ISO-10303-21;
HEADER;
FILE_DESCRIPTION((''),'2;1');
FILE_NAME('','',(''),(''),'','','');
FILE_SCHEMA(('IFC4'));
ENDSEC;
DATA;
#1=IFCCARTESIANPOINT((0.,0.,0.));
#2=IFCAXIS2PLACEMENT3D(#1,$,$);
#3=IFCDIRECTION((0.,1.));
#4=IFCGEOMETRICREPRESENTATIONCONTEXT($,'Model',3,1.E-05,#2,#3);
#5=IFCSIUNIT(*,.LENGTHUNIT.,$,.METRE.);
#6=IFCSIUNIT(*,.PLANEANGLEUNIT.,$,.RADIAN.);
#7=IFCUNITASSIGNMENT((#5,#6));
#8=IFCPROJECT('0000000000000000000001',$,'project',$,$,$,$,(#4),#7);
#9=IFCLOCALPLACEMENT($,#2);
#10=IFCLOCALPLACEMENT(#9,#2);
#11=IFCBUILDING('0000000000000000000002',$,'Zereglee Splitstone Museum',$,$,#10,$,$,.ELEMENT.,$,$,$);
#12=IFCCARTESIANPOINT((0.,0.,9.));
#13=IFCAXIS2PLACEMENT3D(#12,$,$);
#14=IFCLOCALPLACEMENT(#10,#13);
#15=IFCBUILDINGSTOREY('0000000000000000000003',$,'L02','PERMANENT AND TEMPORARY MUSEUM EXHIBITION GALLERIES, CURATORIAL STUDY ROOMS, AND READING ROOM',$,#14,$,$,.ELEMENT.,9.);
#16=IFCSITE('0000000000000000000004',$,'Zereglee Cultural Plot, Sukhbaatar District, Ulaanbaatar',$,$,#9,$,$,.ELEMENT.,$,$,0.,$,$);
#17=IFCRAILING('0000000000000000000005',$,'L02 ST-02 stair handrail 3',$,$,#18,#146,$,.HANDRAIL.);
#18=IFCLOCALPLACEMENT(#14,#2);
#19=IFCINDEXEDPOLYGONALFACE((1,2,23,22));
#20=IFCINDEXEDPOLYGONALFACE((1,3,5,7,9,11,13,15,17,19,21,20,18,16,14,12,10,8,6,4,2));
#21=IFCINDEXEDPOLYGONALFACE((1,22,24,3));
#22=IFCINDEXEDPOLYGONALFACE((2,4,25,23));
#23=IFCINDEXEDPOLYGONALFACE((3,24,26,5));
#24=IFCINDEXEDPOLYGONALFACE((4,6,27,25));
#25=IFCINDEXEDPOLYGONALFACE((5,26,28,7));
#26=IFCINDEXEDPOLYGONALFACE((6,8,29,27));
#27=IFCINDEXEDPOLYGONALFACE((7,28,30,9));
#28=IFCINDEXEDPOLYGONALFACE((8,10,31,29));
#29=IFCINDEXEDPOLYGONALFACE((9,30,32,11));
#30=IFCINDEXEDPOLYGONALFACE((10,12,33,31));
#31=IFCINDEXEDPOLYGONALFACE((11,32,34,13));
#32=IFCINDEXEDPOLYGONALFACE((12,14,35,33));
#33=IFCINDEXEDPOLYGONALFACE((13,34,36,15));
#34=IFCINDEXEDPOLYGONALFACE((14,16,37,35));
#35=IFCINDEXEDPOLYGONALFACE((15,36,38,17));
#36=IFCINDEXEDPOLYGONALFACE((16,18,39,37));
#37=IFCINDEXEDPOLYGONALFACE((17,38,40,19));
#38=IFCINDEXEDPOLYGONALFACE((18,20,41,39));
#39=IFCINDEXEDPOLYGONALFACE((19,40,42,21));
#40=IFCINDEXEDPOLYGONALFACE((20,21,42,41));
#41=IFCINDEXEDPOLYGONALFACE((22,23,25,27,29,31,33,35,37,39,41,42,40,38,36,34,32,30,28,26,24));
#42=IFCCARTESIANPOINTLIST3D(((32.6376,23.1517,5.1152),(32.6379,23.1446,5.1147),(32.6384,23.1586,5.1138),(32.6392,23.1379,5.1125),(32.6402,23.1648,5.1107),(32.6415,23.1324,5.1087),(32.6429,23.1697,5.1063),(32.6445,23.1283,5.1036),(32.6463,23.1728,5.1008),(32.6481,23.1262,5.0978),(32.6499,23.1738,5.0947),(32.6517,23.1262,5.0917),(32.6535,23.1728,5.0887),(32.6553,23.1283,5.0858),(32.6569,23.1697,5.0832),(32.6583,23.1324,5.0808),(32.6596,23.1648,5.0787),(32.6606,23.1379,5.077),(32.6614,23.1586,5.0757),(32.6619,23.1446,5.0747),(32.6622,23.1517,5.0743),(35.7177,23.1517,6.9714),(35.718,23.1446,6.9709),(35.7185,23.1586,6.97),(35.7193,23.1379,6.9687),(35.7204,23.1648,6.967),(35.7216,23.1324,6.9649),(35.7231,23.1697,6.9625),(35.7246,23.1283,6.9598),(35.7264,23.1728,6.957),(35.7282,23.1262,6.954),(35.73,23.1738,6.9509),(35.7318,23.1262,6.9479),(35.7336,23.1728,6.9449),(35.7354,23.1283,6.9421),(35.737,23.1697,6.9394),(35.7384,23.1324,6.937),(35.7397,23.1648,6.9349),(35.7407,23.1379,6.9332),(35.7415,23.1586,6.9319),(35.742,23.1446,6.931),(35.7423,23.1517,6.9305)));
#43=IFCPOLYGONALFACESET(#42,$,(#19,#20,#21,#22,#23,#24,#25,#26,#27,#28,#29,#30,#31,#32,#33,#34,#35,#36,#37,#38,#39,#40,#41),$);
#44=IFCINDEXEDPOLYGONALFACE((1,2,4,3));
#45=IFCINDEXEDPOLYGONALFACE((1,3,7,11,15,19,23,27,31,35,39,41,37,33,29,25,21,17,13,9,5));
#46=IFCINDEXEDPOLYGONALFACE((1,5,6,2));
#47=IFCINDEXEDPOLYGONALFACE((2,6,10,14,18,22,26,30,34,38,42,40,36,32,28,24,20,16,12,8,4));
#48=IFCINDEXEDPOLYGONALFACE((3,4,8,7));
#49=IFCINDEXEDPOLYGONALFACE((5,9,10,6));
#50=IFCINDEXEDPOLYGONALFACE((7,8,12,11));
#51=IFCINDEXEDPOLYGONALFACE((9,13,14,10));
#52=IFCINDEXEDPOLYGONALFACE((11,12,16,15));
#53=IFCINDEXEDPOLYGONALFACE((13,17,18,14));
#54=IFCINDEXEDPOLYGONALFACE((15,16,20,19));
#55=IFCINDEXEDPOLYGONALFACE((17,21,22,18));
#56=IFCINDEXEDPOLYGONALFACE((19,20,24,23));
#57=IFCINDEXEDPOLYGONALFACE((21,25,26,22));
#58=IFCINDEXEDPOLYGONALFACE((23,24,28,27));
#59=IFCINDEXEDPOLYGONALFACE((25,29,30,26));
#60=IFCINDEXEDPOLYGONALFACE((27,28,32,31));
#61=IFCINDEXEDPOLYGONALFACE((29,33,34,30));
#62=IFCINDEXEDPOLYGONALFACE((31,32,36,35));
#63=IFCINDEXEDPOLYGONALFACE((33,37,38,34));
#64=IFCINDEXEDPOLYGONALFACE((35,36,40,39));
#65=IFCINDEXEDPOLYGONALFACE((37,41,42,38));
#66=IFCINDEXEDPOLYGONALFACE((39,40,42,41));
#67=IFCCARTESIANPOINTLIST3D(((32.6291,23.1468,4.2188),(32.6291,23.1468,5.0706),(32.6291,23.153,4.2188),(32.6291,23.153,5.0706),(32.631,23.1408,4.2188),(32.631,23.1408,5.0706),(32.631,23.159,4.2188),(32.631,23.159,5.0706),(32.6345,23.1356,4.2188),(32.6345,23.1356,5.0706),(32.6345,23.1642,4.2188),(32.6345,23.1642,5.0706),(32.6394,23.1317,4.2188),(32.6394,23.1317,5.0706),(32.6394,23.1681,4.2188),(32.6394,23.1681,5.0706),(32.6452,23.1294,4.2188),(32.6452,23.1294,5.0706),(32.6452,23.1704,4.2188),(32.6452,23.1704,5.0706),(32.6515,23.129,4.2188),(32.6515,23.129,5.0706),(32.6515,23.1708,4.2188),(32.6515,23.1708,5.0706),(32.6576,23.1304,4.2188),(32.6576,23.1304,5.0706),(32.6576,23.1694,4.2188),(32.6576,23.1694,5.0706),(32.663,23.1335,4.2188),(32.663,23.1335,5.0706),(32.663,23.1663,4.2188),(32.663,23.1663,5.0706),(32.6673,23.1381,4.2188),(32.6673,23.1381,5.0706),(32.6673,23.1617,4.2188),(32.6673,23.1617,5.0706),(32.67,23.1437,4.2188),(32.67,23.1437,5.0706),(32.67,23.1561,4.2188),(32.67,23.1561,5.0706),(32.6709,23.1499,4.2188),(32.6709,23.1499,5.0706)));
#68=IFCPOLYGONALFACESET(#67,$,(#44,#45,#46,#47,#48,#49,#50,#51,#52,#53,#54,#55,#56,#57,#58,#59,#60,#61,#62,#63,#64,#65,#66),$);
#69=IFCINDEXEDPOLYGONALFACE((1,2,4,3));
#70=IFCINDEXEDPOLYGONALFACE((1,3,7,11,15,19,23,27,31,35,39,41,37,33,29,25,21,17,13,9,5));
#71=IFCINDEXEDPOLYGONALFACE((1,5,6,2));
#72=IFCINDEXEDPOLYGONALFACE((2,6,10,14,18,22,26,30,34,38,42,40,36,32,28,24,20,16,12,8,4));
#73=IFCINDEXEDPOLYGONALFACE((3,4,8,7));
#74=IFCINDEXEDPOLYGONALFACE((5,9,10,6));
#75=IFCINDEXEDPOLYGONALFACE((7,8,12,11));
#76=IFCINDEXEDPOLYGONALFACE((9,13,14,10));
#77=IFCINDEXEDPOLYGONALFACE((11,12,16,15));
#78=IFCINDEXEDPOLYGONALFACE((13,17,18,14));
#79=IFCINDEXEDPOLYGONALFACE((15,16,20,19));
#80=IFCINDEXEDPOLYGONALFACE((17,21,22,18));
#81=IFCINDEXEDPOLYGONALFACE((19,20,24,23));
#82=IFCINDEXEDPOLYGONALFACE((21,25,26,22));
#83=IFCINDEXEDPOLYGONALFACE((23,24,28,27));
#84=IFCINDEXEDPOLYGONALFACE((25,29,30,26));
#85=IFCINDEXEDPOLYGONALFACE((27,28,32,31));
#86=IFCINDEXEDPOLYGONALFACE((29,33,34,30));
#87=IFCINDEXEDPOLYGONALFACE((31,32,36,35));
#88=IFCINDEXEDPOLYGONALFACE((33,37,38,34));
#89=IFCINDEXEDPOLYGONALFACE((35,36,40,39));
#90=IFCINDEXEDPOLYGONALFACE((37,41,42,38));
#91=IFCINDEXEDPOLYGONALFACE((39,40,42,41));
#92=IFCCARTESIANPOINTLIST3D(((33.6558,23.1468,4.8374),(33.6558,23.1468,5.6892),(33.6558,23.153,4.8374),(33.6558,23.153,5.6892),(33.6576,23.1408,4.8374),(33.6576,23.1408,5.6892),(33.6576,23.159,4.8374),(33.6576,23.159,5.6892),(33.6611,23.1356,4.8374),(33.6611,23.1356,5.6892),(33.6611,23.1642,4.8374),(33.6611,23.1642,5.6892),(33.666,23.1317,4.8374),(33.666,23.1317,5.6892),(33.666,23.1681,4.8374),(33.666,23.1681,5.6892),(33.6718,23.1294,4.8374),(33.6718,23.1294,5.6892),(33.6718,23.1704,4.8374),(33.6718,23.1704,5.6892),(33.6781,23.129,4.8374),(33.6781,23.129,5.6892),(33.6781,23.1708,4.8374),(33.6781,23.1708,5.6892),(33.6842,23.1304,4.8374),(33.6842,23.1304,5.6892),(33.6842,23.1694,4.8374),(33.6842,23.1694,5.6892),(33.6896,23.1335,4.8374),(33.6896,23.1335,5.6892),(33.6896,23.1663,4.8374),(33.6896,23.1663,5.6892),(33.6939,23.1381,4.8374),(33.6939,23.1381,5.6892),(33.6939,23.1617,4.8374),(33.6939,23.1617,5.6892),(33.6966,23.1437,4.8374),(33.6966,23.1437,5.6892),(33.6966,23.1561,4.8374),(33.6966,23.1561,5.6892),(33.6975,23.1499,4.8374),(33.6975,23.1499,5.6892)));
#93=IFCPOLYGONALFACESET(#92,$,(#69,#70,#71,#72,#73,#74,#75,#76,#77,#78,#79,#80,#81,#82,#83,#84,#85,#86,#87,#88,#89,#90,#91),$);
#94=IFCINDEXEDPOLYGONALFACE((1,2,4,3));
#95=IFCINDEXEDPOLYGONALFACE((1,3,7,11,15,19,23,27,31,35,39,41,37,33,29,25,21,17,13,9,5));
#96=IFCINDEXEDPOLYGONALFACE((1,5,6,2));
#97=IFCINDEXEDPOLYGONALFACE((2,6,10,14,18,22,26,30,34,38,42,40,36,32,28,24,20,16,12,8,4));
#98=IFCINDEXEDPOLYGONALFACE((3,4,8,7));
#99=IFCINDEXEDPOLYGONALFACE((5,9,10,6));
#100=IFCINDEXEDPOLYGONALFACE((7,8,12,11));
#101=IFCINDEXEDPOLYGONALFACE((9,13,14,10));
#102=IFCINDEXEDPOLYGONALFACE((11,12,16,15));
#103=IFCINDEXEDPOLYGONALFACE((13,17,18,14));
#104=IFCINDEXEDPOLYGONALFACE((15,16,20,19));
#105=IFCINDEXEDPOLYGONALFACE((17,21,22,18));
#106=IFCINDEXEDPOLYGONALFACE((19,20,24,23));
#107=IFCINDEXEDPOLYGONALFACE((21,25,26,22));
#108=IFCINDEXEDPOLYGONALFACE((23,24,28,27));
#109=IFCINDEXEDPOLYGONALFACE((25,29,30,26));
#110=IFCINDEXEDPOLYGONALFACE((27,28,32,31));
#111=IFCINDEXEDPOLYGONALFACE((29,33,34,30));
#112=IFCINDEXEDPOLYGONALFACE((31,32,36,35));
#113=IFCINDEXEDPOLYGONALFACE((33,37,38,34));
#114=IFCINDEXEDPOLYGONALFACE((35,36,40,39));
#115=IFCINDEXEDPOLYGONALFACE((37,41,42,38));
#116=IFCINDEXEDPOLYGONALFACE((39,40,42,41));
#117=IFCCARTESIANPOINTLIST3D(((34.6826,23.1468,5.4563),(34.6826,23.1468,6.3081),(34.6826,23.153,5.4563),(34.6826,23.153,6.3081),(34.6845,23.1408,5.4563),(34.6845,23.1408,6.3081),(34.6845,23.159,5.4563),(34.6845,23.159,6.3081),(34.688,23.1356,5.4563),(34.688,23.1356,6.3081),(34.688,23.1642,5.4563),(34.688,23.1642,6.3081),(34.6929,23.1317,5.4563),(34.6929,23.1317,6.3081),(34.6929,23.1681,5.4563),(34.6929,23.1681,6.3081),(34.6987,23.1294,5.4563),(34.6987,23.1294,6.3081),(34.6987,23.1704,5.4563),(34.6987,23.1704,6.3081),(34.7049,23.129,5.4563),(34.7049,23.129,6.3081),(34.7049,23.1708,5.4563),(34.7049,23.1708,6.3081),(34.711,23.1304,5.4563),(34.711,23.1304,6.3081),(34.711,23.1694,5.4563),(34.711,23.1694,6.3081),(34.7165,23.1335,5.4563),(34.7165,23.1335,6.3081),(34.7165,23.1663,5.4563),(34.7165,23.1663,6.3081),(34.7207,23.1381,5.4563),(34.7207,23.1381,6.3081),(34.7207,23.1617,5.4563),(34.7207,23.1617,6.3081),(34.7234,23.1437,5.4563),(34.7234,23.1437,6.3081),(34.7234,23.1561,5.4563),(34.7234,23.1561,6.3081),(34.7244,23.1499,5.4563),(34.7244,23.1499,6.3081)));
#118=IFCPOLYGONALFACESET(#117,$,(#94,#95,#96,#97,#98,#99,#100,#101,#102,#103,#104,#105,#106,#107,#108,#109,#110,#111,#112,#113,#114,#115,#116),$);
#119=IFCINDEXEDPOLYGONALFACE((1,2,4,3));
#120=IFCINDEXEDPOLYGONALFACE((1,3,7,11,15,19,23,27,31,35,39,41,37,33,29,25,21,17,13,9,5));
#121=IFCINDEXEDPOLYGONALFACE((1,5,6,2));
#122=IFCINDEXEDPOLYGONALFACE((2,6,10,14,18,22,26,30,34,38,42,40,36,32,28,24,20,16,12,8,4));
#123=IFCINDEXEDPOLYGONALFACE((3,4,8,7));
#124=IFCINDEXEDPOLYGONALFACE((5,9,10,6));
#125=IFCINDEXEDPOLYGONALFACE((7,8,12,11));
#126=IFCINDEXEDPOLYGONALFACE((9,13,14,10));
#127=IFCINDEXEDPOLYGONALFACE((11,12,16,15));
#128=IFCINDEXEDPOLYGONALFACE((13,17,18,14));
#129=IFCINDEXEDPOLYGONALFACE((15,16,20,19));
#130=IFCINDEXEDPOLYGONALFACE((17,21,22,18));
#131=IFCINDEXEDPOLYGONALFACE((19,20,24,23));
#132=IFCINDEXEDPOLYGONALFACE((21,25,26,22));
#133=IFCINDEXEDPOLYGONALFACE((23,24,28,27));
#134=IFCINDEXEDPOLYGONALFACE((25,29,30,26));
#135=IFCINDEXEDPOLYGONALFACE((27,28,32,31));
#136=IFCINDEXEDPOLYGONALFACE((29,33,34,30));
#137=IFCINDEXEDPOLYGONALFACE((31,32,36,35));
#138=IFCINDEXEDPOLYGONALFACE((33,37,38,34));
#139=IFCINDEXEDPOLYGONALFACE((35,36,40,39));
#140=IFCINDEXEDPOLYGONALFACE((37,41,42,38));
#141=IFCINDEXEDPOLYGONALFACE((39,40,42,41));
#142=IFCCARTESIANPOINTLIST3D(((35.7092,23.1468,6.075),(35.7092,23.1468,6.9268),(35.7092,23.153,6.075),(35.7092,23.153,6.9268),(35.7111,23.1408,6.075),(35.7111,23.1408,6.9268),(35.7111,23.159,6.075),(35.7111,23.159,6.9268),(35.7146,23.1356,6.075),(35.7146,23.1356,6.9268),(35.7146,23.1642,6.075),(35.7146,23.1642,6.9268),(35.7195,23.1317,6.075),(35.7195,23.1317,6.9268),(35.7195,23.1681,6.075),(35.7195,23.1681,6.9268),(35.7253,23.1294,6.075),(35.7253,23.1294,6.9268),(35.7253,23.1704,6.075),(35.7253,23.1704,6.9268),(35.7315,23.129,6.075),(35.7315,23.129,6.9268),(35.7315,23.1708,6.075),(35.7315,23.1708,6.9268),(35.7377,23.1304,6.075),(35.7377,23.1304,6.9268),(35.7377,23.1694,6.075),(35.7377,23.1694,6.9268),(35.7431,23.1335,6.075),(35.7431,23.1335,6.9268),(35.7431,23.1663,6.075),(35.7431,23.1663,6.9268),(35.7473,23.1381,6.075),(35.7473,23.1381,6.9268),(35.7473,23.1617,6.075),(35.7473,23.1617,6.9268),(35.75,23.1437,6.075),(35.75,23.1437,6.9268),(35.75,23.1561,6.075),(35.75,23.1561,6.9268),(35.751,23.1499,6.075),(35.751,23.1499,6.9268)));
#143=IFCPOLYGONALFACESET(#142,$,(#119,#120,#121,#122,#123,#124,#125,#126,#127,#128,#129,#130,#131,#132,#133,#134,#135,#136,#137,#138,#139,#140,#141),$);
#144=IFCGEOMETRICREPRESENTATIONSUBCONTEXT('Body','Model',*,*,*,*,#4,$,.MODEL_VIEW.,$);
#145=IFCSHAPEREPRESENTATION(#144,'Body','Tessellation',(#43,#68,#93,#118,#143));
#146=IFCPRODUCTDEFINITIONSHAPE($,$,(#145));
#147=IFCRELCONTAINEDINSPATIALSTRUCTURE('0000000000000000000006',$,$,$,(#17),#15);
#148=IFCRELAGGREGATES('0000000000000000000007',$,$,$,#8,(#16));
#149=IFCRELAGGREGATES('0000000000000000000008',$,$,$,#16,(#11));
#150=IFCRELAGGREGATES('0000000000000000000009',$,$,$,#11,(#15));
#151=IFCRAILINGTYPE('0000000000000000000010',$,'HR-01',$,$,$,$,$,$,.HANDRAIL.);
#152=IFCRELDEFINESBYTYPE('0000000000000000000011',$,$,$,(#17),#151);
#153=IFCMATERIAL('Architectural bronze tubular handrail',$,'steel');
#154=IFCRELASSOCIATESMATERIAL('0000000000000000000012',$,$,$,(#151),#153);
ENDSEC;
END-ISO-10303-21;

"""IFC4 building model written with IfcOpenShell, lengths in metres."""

from ifc_helpers import new_model, si_unit, direction, frame, origin, origin_2d, place, context, subcontext, project, spatial, circle, extrude, material, type_object, element, save


model = new_model("IFC4")

# Units and contexts
model_context = context("Model", 3, precision=1e-05, world=origin(), true_north=direction((0.0, 1.0)))
body_context = subcontext(model_context, "Body", "Model", "MODEL_VIEW")
ifc_project = project(units=[si_unit("LENGTHUNIT", "METRE"), si_unit("PLANEANGLEUNIT", "RADIAN")], contexts=[model_context])

# Site, building, storey
site_placement = place(None, origin())
site = spatial("IfcSite", under=ifc_project, at=site_placement, Name="Zereglee Cultural Plot, Sukhbaatar District, Ulaanbaatar", CompositionType="ELEMENT", RefElevation=0.0)
building_placement = place(site_placement, origin())
building = spatial("IfcBuilding", under=site, at=building_placement, Name="Zereglee Splitstone Museum", CompositionType="ELEMENT")
storey_placement = place(building_placement, frame((0.0, 0.0, 9.0)))
storey = spatial("IfcBuildingStorey", under=building, at=storey_placement, Name="L02", Description="PERMANENT AND TEMPORARY MUSEUM EXHIBITION GALLERIES, CURATORIAL STUDY ROOMS, AND READING ROOM", CompositionType="ELEMENT", Elevation=9.0)

# Railing
ifc_material_1 = material(Name="Architectural bronze tubular handrail", Category="steel")
railing_type_1 = type_object("IfcRailingType", Name="HR-01", PredefinedType="HANDRAIL", material=ifc_material_1)
railing_1_placement = place(storey_placement, frame((32.6499, 23.1499, 4.2188)))
element("IfcRailing", 1, at=railing_1_placement, inside=storey, type_object=railing_type_1, Name="L02 ST-02 stair handrail 3", PredefinedType="HANDRAIL", context=body_context, shape_type="SweptSolid", body=[
    extrude(circle(Radius=0.0239, at=origin_2d()), frame((0.0, 0.0, 0.876), z_axis=(0.856491, 0.0, 0.516162), x_axis=(0.0, 1.0, 0.0)), (0.0, 0.0, 1.0), 3.5962),
    extrude(circle(Radius=0.021, at=origin_2d()), origin(), (0.0, 0.0, 1.0), 0.8518),
    extrude(circle(Radius=0.021, at=origin_2d()), frame((1.0266, 0.0, 0.6187)), (0.0, 0.0, 1.0), 0.8518),
    extrude(circle(Radius=0.021, at=origin_2d()), frame((2.0535, 0.0, 1.2375)), (0.0, 0.0, 1.0), 0.8518),
    extrude(circle(Radius=0.021, at=origin_2d()), frame((3.0801, 0.0, 1.8562)), (0.0, 0.0, 1.0), 0.8518),
])

save(model, "model.ifc")
